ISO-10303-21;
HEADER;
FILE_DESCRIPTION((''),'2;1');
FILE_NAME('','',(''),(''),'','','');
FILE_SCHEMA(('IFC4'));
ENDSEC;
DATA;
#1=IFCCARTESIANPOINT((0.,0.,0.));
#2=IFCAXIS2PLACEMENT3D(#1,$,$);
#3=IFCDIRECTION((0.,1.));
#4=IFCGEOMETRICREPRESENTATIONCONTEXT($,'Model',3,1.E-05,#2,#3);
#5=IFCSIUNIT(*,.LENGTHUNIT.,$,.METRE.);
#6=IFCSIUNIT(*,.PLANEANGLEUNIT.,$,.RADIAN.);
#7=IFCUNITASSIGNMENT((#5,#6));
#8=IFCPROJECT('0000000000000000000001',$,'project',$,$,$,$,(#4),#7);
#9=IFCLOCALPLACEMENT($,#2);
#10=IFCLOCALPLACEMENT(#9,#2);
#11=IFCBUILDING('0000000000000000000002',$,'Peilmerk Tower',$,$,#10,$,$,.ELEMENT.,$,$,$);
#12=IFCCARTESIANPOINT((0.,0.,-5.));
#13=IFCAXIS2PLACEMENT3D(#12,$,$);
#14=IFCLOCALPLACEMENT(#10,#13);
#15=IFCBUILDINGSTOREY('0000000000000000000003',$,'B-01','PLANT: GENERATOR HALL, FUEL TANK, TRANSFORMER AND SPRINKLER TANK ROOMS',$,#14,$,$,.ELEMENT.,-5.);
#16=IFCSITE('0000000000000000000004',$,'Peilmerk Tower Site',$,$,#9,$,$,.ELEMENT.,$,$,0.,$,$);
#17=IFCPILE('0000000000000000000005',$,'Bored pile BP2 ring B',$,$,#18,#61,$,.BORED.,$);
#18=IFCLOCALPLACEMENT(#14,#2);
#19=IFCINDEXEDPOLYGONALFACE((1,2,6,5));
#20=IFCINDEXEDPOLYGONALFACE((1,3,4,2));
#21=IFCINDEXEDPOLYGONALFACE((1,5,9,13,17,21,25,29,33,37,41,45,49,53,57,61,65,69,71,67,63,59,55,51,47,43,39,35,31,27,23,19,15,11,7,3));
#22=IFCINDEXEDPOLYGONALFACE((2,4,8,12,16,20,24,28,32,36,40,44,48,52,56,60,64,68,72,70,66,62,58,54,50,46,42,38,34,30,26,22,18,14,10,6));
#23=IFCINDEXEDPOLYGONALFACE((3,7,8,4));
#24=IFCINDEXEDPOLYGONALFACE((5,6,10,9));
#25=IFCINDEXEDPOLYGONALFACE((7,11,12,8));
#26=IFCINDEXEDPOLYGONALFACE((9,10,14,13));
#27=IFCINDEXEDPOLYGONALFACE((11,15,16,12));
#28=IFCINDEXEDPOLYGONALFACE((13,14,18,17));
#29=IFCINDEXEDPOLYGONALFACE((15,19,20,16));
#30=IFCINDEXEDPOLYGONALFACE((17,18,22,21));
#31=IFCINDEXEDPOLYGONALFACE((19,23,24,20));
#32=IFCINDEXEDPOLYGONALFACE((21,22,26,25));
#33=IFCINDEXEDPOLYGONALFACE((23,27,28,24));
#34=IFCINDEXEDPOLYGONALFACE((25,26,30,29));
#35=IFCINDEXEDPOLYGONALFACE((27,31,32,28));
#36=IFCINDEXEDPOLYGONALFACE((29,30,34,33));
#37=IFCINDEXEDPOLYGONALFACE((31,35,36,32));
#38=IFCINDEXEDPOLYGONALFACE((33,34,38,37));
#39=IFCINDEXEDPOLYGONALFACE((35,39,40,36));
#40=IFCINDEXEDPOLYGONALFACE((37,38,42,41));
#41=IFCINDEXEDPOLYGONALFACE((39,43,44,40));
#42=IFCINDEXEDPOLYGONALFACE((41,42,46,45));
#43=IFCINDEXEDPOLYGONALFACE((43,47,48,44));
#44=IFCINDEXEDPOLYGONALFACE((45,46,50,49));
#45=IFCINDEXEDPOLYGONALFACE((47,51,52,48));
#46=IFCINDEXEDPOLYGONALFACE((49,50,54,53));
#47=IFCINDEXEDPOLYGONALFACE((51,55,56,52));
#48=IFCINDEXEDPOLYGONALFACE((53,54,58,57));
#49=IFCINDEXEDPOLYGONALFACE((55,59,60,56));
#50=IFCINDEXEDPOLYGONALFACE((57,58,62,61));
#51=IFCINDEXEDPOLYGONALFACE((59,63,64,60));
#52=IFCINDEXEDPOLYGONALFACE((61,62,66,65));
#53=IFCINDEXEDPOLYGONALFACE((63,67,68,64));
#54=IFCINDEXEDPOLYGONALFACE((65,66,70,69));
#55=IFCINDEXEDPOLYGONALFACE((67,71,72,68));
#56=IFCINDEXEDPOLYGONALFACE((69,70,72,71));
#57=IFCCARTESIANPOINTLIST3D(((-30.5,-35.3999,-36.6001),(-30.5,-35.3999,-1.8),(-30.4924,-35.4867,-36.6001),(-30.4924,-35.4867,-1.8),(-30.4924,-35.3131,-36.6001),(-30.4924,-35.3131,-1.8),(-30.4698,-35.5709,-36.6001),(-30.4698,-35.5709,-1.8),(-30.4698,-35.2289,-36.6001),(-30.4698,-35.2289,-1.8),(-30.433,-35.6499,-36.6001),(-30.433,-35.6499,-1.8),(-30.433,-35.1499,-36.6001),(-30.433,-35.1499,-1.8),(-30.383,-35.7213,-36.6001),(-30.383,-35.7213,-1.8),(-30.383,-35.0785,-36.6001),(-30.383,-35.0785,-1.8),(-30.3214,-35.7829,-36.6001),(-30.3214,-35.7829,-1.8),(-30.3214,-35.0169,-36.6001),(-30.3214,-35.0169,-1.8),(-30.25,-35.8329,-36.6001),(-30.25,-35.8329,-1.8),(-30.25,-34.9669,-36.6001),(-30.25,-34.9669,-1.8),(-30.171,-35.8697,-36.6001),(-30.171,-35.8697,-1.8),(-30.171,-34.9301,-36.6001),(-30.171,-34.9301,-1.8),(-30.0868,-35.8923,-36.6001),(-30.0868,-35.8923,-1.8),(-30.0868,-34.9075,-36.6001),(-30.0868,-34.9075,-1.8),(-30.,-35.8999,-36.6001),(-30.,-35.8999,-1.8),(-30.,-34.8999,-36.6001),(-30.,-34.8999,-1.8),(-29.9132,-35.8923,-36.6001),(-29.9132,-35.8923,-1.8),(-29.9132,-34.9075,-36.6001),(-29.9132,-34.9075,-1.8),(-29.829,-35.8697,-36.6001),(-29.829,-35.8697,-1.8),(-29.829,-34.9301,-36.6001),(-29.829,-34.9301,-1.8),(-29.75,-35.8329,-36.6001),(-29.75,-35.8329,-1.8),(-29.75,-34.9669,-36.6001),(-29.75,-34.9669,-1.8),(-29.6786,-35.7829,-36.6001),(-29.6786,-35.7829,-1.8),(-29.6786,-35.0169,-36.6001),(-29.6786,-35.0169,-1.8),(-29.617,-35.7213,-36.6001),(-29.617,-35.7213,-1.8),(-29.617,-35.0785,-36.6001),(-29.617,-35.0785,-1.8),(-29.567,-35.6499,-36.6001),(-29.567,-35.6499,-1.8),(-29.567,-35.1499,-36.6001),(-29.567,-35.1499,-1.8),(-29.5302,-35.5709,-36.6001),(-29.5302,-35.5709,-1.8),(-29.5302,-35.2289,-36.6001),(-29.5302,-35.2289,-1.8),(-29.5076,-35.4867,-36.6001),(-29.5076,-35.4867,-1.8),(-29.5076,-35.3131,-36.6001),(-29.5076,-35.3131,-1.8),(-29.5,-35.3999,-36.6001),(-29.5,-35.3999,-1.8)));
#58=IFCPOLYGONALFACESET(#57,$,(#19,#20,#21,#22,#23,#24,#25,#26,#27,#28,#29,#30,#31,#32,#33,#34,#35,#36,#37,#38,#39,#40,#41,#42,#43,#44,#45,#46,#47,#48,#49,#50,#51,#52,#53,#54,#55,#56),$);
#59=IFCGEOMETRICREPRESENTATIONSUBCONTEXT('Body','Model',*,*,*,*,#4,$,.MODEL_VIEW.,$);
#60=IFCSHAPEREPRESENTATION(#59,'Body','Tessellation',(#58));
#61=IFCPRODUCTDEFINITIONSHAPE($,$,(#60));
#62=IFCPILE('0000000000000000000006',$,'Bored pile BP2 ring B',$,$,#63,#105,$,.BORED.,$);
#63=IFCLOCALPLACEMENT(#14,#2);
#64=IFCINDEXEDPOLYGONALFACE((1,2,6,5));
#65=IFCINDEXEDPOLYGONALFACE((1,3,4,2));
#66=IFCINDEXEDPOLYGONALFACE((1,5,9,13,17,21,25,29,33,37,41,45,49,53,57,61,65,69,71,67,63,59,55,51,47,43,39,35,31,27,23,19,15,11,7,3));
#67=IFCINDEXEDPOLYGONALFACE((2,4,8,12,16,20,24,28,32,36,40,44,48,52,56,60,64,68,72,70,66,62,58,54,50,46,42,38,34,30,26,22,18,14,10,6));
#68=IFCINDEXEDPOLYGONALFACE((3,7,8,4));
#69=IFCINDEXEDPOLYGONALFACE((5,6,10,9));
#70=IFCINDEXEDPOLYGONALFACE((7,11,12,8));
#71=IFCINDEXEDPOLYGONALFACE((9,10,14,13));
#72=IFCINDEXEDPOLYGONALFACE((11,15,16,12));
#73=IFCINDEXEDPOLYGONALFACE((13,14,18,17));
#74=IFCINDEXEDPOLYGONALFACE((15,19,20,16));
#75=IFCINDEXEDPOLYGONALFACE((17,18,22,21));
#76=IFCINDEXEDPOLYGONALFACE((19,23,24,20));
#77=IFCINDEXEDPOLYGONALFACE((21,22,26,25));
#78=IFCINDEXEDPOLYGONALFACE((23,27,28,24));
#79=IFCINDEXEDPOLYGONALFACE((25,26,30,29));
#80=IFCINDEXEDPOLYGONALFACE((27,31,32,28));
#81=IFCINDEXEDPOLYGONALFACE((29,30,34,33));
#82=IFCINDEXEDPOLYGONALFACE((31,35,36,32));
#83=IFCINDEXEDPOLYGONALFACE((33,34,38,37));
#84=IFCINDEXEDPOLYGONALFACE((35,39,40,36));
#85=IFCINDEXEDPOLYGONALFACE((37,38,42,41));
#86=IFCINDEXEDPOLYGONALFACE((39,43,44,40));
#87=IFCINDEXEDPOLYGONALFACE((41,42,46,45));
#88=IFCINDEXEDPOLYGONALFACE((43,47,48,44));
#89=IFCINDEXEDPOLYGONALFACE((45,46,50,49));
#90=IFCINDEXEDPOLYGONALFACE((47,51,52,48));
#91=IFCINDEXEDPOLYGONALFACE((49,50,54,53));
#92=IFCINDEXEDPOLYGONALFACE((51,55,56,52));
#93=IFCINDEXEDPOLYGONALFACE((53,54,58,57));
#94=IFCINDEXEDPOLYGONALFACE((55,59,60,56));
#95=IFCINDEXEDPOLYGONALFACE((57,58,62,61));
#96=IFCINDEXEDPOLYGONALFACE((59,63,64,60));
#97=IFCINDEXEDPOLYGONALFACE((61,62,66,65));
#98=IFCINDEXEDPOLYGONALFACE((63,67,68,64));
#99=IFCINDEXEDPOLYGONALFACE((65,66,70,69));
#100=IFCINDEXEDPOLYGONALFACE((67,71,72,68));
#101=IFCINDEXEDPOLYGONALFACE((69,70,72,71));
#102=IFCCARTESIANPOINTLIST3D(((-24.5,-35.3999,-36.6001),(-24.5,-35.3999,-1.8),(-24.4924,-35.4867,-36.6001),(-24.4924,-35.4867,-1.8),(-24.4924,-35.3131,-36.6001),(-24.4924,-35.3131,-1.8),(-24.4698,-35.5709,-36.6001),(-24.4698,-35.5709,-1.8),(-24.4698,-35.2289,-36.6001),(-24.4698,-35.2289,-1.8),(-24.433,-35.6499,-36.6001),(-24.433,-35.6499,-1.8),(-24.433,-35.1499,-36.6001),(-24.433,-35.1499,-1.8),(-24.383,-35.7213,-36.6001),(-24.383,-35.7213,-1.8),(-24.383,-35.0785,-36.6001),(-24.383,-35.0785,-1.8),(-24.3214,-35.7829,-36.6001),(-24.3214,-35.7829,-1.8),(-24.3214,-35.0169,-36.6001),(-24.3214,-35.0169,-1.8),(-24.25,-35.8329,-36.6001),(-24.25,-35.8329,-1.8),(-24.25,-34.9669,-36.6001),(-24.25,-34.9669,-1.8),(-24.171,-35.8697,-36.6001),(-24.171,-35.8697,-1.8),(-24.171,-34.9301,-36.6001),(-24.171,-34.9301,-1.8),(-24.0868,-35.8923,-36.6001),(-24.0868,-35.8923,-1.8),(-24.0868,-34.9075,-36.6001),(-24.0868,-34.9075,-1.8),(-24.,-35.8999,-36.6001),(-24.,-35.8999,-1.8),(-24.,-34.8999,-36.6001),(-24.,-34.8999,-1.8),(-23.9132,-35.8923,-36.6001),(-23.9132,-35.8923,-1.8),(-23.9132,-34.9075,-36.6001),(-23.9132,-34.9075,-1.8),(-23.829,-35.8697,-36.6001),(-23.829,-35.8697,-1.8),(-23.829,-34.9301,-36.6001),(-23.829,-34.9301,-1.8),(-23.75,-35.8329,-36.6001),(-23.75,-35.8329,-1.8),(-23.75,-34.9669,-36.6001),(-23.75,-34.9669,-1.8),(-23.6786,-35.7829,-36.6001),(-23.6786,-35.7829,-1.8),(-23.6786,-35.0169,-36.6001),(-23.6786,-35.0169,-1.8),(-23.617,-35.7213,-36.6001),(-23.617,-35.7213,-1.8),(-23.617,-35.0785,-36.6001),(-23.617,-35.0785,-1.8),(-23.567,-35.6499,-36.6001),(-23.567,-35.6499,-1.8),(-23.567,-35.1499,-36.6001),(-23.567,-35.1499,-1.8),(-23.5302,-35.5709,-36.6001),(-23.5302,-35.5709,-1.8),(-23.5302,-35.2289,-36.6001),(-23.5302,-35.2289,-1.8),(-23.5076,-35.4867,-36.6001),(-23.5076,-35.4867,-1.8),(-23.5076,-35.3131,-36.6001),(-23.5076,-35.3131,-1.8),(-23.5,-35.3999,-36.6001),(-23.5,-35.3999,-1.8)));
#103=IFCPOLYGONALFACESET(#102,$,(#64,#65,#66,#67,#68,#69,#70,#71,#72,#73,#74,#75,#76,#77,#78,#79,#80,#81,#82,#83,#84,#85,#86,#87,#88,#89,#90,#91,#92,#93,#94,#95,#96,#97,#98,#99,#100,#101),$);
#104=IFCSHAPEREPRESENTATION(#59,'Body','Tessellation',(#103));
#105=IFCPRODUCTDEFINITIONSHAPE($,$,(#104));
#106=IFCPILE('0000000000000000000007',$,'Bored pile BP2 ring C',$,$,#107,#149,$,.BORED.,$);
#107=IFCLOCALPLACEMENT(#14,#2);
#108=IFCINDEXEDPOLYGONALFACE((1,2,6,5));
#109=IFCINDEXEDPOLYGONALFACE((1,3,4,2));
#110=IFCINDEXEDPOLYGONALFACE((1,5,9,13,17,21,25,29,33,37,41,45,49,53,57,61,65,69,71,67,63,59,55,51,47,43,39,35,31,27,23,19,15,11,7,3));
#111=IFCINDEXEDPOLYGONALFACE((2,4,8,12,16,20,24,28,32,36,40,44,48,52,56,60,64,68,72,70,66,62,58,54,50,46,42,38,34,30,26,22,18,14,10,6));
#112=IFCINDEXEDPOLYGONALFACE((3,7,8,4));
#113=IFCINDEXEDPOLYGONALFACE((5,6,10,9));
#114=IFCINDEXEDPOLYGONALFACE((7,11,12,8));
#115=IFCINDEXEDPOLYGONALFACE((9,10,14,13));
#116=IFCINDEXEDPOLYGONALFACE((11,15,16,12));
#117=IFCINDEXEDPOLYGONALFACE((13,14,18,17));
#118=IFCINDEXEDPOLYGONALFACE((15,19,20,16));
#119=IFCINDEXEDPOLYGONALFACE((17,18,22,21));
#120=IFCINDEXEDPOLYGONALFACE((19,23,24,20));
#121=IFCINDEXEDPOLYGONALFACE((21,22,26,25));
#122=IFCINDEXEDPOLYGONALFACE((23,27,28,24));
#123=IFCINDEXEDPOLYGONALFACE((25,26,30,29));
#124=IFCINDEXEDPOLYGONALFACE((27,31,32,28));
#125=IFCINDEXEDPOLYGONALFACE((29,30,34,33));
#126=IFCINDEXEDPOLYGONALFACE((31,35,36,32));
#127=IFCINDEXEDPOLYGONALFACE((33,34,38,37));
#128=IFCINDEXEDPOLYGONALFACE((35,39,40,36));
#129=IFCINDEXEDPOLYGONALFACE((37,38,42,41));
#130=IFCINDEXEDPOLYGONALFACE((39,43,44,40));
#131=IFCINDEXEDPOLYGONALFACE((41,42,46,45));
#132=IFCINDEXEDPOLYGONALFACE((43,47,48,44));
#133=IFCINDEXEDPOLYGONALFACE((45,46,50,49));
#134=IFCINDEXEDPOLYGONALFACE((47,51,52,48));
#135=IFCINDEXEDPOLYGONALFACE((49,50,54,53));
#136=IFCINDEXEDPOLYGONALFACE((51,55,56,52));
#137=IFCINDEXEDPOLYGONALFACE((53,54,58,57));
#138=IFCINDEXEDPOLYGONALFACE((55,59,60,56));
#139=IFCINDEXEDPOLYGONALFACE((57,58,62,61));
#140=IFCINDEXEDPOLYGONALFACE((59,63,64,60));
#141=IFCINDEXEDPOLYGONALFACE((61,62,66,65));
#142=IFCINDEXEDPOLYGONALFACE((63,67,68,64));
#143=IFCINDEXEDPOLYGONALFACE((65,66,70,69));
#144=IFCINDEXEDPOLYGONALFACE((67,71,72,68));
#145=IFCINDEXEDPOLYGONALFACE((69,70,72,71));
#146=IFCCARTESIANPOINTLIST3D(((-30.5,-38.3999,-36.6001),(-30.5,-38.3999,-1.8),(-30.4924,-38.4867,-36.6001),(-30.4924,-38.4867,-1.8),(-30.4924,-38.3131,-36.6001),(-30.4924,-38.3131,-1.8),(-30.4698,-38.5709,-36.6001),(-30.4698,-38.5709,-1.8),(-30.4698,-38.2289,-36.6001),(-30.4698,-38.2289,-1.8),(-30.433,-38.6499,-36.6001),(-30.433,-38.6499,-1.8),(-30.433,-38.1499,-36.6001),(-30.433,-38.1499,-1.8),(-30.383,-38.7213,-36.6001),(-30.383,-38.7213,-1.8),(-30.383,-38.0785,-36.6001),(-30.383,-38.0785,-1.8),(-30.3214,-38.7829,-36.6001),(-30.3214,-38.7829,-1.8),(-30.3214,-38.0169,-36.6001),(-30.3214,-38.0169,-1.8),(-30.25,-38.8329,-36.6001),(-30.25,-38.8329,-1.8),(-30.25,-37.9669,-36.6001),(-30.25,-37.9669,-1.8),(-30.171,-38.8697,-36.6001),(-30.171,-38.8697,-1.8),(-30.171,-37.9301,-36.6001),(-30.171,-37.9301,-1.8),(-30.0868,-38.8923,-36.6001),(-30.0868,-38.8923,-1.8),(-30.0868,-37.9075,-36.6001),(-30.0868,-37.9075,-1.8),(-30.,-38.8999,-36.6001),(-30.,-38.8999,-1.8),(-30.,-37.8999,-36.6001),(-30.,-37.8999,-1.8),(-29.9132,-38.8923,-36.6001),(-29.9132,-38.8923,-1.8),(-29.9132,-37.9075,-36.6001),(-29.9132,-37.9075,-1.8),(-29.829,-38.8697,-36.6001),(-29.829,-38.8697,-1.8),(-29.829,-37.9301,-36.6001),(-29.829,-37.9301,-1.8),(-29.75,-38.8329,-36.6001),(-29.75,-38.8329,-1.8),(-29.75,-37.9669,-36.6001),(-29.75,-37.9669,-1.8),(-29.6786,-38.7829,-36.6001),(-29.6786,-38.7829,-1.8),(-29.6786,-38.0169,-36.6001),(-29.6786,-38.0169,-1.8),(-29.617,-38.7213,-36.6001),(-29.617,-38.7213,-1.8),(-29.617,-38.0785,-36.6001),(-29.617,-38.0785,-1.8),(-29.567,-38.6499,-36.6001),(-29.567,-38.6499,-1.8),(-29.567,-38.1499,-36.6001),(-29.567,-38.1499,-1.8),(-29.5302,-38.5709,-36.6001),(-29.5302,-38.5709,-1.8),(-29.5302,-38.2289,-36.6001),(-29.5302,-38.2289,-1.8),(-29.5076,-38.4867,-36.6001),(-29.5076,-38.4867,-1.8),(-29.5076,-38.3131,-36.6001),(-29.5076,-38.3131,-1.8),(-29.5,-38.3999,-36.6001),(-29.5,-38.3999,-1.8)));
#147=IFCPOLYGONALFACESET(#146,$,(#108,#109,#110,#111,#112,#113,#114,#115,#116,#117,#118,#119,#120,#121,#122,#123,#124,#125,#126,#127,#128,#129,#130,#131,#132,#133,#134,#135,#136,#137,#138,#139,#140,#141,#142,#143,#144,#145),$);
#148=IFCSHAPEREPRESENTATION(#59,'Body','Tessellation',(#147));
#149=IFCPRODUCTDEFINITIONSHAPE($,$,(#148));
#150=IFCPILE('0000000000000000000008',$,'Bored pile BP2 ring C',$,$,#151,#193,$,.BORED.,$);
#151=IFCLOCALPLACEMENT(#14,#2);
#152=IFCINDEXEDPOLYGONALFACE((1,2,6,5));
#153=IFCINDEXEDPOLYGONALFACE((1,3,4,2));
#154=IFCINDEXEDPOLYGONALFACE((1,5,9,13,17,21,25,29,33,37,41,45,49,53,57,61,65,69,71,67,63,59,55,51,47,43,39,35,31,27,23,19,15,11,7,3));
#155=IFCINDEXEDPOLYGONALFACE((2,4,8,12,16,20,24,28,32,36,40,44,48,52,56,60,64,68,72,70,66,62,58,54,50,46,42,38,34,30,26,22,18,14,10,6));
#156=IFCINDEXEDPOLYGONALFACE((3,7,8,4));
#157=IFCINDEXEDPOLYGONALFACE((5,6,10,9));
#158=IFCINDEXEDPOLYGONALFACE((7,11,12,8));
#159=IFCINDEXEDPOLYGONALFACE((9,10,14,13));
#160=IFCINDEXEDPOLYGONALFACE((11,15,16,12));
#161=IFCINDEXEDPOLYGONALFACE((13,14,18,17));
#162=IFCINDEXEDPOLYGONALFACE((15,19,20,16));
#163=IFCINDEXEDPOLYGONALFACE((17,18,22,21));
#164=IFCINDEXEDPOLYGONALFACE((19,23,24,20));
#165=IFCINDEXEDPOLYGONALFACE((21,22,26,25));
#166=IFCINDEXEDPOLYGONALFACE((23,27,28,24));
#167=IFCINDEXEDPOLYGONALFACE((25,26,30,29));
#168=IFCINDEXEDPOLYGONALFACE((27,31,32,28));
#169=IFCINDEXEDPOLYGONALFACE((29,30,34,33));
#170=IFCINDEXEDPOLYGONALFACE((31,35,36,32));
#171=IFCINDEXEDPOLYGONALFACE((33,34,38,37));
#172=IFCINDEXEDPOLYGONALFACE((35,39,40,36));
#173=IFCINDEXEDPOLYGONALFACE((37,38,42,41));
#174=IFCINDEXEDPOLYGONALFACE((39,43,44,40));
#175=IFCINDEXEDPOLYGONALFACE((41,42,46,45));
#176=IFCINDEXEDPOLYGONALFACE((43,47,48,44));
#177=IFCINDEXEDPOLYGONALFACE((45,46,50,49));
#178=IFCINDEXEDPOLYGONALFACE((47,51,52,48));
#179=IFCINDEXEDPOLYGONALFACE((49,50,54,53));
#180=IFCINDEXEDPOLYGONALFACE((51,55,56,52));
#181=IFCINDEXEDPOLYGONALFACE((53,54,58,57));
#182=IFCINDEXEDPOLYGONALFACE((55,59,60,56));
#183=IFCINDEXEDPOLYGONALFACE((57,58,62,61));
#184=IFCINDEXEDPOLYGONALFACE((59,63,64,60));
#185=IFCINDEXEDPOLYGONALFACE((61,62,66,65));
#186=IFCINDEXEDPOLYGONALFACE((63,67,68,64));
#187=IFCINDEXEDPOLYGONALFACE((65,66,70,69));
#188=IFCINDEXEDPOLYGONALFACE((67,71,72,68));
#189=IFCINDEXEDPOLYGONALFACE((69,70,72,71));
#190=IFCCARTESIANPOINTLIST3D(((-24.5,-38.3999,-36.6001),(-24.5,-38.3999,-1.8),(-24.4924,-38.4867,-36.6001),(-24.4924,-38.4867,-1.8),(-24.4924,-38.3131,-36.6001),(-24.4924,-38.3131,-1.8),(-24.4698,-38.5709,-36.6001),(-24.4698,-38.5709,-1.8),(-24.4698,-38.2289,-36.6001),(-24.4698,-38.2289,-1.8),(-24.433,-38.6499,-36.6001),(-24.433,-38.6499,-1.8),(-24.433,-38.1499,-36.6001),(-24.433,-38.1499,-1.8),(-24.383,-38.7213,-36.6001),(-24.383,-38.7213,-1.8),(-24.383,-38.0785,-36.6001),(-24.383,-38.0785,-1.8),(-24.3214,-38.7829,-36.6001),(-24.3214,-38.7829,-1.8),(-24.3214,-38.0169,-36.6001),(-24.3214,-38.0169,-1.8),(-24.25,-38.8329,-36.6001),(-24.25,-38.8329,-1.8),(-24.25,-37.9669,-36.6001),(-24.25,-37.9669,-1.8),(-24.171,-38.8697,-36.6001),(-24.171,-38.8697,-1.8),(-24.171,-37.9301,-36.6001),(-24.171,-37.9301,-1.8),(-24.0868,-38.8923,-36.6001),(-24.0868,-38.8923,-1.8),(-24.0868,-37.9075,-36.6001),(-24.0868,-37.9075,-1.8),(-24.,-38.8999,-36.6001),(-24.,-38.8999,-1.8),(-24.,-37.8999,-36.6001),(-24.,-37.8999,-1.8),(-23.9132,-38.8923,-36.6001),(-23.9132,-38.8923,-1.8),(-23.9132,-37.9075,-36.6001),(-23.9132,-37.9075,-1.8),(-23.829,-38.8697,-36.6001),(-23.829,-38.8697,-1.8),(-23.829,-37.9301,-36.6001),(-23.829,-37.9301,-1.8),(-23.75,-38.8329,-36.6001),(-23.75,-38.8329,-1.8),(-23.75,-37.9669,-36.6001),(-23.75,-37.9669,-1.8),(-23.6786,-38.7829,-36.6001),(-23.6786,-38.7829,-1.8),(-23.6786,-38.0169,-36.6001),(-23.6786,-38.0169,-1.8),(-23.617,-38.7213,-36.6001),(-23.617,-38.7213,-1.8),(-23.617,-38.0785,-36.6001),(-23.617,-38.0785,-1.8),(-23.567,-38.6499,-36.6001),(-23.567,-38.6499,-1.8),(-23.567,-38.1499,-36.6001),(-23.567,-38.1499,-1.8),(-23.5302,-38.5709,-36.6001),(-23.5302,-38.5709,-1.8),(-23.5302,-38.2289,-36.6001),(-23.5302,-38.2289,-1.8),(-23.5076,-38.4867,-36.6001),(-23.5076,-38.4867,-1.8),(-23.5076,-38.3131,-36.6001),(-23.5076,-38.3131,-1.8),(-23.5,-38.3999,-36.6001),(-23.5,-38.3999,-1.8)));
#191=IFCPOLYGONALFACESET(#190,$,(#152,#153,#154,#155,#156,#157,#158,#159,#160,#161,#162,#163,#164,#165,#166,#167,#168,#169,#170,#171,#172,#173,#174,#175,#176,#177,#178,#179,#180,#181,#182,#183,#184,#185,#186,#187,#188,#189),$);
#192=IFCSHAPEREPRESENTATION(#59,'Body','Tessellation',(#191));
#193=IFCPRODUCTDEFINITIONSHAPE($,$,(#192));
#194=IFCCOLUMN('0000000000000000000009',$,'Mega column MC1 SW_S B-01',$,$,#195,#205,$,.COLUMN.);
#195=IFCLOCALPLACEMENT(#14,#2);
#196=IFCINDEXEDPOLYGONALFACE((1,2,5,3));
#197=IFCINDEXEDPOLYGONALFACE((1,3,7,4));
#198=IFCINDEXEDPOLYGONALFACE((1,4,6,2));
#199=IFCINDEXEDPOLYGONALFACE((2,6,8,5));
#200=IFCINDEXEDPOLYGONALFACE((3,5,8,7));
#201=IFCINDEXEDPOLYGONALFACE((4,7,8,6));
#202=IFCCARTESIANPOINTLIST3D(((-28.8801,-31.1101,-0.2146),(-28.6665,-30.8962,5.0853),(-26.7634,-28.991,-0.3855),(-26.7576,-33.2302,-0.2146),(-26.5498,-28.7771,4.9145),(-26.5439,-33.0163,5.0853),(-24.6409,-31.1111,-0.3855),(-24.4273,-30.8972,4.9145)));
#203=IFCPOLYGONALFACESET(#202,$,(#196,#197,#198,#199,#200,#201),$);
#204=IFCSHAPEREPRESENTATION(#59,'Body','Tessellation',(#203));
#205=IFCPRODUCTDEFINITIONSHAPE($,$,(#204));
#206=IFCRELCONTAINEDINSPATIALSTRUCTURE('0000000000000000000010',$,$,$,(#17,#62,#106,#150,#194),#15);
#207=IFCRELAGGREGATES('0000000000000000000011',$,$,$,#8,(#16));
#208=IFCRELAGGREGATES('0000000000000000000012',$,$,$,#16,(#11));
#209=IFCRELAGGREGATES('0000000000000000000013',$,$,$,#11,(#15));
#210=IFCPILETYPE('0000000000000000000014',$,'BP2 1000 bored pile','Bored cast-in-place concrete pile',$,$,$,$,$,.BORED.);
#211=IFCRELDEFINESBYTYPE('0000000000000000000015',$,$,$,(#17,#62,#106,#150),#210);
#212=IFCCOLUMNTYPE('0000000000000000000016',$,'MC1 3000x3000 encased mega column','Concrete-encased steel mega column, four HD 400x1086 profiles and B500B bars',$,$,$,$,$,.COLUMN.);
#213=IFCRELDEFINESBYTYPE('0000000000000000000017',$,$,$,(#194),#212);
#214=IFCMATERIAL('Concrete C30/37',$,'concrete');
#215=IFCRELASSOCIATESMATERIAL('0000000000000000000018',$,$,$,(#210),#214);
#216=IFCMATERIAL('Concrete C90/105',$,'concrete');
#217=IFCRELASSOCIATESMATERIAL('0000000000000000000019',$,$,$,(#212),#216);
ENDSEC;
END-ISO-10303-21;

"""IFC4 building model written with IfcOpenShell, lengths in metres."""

from ifc_helpers import new_model, si_unit, direction, frame, origin, origin_2d, place, context, subcontext, project, spatial, rectangle, circle, extrude, material, material_profile, profile_set, type_object, element, save


model = new_model("IFC4")

# Units and contexts
model_context = context("Model", 3, precision=1e-05, world=origin(), true_north=direction((0.0, 1.0)))
body_context = subcontext(model_context, "Body", "Model", "MODEL_VIEW")
ifc_project = project(units=[si_unit("LENGTHUNIT", "METRE"), si_unit("PLANEANGLEUNIT", "RADIAN")], contexts=[model_context])

# Site, building, storey
site_placement = place(None, origin())
site = spatial("IfcSite", under=ifc_project, at=site_placement, Name="Peilmerk Tower Site", CompositionType="ELEMENT", RefElevation=0.0)
building_placement = place(site_placement, origin())
building = spatial("IfcBuilding", under=site, at=building_placement, Name="Peilmerk Tower", CompositionType="ELEMENT")
storey_placement = place(building_placement, frame((0.0, 0.0, -5.0)))
storey = spatial("IfcBuildingStorey", under=building, at=storey_placement, Name="B-01", Description="PLANT: GENERATOR HALL, FUEL TANK, TRANSFORMER AND SPRINKLER TANK ROOMS", CompositionType="ELEMENT", Elevation=-5.0)

# Piles
ifc_material_1 = material(Name="Concrete C30/37", Category="concrete")
ifc_material_profile_1 = material_profile(ifc_material_1, circle(Radius=0.5, at=origin_2d()), Name="BP 1000")
ifc_profile_set_1 = profile_set([ifc_material_profile_1], Name="Concrete C30/37")
pile_type_1 = type_object("IfcPileType", Name="BP2 1000 bored pile", Description="Bored cast-in-place concrete pile", PredefinedType="BORED", material=ifc_profile_set_1)
for number, where, z_axis, x_axis, name in (
    (1, (-30.0, -35.3999, -1.8), (0.0, 0.0, -1.0), (1.0, 0.0, 0.0), "Bored pile BP2 ring B"),
    (2, (-24.0, -35.3999, -1.8), (0.0, 0.0, -1.0), (1.0, 0.0, 0.0), "Bored pile BP2 ring B"),
    (3, (-30.0, -38.3999, -1.8), (0.0, 0.0, -1.0), (1.0, 0.0, 0.0), "Bored pile BP2 ring C"),
    (4, (-24.0, -38.3999, -1.8), (0.0, 0.0, -1.0), (1.0, 0.0, 0.0), "Bored pile BP2 ring C"),
):
    element("IfcPile", number, at=place(storey_placement, frame(where, z_axis=z_axis, x_axis=x_axis)), inside=storey, type_object=pile_type_1, Name=name, PredefinedType="BORED", context=body_context, shape_type="SweptSolid", body=[
        extrude(circle(Radius=0.5, at=origin_2d()), origin(), (0.0, 0.0, 1.0), 34.8),
    ])

# Column
ifc_material_2 = material(Name="Concrete C90/105", Category="concrete")
ifc_material_profile_2 = material_profile(ifc_material_2, rectangle(XDim=3.0, YDim=3.0, at=origin_2d()), Name="RC 3000x3000")
ifc_profile_set_2 = profile_set([ifc_material_profile_2], Name="Concrete C90/105")
column_type_1 = type_object("IfcColumnType", Name="MC1 3000x3000 encased mega column", Description="Concrete-encased steel mega column, four HD 400x1086 profiles and B500B bars", PredefinedType="COLUMN", material=ifc_profile_set_2)
for number, where, z_axis, x_axis, name in (
    (5, (-26.7605, -31.1106, -0.3), (0.04024, 0.040286, 0.998378), (-0.70751, 0.706703, 0.0), "Mega column MC1 SW_S B-01"),
):
    element("IfcColumn", number, at=place(storey_placement, frame(where, z_axis=z_axis, x_axis=x_axis)), inside=storey, type_object=column_type_1, Name=name, PredefinedType="COLUMN", context=body_context, shape_type="SweptSolid", body=[
        extrude(rectangle(XDim=3.0, YDim=3.0, at=origin_2d()), origin(), (0.0, 0.0, 1.0), 5.3086),
    ])

save(model, "model.ifc")
